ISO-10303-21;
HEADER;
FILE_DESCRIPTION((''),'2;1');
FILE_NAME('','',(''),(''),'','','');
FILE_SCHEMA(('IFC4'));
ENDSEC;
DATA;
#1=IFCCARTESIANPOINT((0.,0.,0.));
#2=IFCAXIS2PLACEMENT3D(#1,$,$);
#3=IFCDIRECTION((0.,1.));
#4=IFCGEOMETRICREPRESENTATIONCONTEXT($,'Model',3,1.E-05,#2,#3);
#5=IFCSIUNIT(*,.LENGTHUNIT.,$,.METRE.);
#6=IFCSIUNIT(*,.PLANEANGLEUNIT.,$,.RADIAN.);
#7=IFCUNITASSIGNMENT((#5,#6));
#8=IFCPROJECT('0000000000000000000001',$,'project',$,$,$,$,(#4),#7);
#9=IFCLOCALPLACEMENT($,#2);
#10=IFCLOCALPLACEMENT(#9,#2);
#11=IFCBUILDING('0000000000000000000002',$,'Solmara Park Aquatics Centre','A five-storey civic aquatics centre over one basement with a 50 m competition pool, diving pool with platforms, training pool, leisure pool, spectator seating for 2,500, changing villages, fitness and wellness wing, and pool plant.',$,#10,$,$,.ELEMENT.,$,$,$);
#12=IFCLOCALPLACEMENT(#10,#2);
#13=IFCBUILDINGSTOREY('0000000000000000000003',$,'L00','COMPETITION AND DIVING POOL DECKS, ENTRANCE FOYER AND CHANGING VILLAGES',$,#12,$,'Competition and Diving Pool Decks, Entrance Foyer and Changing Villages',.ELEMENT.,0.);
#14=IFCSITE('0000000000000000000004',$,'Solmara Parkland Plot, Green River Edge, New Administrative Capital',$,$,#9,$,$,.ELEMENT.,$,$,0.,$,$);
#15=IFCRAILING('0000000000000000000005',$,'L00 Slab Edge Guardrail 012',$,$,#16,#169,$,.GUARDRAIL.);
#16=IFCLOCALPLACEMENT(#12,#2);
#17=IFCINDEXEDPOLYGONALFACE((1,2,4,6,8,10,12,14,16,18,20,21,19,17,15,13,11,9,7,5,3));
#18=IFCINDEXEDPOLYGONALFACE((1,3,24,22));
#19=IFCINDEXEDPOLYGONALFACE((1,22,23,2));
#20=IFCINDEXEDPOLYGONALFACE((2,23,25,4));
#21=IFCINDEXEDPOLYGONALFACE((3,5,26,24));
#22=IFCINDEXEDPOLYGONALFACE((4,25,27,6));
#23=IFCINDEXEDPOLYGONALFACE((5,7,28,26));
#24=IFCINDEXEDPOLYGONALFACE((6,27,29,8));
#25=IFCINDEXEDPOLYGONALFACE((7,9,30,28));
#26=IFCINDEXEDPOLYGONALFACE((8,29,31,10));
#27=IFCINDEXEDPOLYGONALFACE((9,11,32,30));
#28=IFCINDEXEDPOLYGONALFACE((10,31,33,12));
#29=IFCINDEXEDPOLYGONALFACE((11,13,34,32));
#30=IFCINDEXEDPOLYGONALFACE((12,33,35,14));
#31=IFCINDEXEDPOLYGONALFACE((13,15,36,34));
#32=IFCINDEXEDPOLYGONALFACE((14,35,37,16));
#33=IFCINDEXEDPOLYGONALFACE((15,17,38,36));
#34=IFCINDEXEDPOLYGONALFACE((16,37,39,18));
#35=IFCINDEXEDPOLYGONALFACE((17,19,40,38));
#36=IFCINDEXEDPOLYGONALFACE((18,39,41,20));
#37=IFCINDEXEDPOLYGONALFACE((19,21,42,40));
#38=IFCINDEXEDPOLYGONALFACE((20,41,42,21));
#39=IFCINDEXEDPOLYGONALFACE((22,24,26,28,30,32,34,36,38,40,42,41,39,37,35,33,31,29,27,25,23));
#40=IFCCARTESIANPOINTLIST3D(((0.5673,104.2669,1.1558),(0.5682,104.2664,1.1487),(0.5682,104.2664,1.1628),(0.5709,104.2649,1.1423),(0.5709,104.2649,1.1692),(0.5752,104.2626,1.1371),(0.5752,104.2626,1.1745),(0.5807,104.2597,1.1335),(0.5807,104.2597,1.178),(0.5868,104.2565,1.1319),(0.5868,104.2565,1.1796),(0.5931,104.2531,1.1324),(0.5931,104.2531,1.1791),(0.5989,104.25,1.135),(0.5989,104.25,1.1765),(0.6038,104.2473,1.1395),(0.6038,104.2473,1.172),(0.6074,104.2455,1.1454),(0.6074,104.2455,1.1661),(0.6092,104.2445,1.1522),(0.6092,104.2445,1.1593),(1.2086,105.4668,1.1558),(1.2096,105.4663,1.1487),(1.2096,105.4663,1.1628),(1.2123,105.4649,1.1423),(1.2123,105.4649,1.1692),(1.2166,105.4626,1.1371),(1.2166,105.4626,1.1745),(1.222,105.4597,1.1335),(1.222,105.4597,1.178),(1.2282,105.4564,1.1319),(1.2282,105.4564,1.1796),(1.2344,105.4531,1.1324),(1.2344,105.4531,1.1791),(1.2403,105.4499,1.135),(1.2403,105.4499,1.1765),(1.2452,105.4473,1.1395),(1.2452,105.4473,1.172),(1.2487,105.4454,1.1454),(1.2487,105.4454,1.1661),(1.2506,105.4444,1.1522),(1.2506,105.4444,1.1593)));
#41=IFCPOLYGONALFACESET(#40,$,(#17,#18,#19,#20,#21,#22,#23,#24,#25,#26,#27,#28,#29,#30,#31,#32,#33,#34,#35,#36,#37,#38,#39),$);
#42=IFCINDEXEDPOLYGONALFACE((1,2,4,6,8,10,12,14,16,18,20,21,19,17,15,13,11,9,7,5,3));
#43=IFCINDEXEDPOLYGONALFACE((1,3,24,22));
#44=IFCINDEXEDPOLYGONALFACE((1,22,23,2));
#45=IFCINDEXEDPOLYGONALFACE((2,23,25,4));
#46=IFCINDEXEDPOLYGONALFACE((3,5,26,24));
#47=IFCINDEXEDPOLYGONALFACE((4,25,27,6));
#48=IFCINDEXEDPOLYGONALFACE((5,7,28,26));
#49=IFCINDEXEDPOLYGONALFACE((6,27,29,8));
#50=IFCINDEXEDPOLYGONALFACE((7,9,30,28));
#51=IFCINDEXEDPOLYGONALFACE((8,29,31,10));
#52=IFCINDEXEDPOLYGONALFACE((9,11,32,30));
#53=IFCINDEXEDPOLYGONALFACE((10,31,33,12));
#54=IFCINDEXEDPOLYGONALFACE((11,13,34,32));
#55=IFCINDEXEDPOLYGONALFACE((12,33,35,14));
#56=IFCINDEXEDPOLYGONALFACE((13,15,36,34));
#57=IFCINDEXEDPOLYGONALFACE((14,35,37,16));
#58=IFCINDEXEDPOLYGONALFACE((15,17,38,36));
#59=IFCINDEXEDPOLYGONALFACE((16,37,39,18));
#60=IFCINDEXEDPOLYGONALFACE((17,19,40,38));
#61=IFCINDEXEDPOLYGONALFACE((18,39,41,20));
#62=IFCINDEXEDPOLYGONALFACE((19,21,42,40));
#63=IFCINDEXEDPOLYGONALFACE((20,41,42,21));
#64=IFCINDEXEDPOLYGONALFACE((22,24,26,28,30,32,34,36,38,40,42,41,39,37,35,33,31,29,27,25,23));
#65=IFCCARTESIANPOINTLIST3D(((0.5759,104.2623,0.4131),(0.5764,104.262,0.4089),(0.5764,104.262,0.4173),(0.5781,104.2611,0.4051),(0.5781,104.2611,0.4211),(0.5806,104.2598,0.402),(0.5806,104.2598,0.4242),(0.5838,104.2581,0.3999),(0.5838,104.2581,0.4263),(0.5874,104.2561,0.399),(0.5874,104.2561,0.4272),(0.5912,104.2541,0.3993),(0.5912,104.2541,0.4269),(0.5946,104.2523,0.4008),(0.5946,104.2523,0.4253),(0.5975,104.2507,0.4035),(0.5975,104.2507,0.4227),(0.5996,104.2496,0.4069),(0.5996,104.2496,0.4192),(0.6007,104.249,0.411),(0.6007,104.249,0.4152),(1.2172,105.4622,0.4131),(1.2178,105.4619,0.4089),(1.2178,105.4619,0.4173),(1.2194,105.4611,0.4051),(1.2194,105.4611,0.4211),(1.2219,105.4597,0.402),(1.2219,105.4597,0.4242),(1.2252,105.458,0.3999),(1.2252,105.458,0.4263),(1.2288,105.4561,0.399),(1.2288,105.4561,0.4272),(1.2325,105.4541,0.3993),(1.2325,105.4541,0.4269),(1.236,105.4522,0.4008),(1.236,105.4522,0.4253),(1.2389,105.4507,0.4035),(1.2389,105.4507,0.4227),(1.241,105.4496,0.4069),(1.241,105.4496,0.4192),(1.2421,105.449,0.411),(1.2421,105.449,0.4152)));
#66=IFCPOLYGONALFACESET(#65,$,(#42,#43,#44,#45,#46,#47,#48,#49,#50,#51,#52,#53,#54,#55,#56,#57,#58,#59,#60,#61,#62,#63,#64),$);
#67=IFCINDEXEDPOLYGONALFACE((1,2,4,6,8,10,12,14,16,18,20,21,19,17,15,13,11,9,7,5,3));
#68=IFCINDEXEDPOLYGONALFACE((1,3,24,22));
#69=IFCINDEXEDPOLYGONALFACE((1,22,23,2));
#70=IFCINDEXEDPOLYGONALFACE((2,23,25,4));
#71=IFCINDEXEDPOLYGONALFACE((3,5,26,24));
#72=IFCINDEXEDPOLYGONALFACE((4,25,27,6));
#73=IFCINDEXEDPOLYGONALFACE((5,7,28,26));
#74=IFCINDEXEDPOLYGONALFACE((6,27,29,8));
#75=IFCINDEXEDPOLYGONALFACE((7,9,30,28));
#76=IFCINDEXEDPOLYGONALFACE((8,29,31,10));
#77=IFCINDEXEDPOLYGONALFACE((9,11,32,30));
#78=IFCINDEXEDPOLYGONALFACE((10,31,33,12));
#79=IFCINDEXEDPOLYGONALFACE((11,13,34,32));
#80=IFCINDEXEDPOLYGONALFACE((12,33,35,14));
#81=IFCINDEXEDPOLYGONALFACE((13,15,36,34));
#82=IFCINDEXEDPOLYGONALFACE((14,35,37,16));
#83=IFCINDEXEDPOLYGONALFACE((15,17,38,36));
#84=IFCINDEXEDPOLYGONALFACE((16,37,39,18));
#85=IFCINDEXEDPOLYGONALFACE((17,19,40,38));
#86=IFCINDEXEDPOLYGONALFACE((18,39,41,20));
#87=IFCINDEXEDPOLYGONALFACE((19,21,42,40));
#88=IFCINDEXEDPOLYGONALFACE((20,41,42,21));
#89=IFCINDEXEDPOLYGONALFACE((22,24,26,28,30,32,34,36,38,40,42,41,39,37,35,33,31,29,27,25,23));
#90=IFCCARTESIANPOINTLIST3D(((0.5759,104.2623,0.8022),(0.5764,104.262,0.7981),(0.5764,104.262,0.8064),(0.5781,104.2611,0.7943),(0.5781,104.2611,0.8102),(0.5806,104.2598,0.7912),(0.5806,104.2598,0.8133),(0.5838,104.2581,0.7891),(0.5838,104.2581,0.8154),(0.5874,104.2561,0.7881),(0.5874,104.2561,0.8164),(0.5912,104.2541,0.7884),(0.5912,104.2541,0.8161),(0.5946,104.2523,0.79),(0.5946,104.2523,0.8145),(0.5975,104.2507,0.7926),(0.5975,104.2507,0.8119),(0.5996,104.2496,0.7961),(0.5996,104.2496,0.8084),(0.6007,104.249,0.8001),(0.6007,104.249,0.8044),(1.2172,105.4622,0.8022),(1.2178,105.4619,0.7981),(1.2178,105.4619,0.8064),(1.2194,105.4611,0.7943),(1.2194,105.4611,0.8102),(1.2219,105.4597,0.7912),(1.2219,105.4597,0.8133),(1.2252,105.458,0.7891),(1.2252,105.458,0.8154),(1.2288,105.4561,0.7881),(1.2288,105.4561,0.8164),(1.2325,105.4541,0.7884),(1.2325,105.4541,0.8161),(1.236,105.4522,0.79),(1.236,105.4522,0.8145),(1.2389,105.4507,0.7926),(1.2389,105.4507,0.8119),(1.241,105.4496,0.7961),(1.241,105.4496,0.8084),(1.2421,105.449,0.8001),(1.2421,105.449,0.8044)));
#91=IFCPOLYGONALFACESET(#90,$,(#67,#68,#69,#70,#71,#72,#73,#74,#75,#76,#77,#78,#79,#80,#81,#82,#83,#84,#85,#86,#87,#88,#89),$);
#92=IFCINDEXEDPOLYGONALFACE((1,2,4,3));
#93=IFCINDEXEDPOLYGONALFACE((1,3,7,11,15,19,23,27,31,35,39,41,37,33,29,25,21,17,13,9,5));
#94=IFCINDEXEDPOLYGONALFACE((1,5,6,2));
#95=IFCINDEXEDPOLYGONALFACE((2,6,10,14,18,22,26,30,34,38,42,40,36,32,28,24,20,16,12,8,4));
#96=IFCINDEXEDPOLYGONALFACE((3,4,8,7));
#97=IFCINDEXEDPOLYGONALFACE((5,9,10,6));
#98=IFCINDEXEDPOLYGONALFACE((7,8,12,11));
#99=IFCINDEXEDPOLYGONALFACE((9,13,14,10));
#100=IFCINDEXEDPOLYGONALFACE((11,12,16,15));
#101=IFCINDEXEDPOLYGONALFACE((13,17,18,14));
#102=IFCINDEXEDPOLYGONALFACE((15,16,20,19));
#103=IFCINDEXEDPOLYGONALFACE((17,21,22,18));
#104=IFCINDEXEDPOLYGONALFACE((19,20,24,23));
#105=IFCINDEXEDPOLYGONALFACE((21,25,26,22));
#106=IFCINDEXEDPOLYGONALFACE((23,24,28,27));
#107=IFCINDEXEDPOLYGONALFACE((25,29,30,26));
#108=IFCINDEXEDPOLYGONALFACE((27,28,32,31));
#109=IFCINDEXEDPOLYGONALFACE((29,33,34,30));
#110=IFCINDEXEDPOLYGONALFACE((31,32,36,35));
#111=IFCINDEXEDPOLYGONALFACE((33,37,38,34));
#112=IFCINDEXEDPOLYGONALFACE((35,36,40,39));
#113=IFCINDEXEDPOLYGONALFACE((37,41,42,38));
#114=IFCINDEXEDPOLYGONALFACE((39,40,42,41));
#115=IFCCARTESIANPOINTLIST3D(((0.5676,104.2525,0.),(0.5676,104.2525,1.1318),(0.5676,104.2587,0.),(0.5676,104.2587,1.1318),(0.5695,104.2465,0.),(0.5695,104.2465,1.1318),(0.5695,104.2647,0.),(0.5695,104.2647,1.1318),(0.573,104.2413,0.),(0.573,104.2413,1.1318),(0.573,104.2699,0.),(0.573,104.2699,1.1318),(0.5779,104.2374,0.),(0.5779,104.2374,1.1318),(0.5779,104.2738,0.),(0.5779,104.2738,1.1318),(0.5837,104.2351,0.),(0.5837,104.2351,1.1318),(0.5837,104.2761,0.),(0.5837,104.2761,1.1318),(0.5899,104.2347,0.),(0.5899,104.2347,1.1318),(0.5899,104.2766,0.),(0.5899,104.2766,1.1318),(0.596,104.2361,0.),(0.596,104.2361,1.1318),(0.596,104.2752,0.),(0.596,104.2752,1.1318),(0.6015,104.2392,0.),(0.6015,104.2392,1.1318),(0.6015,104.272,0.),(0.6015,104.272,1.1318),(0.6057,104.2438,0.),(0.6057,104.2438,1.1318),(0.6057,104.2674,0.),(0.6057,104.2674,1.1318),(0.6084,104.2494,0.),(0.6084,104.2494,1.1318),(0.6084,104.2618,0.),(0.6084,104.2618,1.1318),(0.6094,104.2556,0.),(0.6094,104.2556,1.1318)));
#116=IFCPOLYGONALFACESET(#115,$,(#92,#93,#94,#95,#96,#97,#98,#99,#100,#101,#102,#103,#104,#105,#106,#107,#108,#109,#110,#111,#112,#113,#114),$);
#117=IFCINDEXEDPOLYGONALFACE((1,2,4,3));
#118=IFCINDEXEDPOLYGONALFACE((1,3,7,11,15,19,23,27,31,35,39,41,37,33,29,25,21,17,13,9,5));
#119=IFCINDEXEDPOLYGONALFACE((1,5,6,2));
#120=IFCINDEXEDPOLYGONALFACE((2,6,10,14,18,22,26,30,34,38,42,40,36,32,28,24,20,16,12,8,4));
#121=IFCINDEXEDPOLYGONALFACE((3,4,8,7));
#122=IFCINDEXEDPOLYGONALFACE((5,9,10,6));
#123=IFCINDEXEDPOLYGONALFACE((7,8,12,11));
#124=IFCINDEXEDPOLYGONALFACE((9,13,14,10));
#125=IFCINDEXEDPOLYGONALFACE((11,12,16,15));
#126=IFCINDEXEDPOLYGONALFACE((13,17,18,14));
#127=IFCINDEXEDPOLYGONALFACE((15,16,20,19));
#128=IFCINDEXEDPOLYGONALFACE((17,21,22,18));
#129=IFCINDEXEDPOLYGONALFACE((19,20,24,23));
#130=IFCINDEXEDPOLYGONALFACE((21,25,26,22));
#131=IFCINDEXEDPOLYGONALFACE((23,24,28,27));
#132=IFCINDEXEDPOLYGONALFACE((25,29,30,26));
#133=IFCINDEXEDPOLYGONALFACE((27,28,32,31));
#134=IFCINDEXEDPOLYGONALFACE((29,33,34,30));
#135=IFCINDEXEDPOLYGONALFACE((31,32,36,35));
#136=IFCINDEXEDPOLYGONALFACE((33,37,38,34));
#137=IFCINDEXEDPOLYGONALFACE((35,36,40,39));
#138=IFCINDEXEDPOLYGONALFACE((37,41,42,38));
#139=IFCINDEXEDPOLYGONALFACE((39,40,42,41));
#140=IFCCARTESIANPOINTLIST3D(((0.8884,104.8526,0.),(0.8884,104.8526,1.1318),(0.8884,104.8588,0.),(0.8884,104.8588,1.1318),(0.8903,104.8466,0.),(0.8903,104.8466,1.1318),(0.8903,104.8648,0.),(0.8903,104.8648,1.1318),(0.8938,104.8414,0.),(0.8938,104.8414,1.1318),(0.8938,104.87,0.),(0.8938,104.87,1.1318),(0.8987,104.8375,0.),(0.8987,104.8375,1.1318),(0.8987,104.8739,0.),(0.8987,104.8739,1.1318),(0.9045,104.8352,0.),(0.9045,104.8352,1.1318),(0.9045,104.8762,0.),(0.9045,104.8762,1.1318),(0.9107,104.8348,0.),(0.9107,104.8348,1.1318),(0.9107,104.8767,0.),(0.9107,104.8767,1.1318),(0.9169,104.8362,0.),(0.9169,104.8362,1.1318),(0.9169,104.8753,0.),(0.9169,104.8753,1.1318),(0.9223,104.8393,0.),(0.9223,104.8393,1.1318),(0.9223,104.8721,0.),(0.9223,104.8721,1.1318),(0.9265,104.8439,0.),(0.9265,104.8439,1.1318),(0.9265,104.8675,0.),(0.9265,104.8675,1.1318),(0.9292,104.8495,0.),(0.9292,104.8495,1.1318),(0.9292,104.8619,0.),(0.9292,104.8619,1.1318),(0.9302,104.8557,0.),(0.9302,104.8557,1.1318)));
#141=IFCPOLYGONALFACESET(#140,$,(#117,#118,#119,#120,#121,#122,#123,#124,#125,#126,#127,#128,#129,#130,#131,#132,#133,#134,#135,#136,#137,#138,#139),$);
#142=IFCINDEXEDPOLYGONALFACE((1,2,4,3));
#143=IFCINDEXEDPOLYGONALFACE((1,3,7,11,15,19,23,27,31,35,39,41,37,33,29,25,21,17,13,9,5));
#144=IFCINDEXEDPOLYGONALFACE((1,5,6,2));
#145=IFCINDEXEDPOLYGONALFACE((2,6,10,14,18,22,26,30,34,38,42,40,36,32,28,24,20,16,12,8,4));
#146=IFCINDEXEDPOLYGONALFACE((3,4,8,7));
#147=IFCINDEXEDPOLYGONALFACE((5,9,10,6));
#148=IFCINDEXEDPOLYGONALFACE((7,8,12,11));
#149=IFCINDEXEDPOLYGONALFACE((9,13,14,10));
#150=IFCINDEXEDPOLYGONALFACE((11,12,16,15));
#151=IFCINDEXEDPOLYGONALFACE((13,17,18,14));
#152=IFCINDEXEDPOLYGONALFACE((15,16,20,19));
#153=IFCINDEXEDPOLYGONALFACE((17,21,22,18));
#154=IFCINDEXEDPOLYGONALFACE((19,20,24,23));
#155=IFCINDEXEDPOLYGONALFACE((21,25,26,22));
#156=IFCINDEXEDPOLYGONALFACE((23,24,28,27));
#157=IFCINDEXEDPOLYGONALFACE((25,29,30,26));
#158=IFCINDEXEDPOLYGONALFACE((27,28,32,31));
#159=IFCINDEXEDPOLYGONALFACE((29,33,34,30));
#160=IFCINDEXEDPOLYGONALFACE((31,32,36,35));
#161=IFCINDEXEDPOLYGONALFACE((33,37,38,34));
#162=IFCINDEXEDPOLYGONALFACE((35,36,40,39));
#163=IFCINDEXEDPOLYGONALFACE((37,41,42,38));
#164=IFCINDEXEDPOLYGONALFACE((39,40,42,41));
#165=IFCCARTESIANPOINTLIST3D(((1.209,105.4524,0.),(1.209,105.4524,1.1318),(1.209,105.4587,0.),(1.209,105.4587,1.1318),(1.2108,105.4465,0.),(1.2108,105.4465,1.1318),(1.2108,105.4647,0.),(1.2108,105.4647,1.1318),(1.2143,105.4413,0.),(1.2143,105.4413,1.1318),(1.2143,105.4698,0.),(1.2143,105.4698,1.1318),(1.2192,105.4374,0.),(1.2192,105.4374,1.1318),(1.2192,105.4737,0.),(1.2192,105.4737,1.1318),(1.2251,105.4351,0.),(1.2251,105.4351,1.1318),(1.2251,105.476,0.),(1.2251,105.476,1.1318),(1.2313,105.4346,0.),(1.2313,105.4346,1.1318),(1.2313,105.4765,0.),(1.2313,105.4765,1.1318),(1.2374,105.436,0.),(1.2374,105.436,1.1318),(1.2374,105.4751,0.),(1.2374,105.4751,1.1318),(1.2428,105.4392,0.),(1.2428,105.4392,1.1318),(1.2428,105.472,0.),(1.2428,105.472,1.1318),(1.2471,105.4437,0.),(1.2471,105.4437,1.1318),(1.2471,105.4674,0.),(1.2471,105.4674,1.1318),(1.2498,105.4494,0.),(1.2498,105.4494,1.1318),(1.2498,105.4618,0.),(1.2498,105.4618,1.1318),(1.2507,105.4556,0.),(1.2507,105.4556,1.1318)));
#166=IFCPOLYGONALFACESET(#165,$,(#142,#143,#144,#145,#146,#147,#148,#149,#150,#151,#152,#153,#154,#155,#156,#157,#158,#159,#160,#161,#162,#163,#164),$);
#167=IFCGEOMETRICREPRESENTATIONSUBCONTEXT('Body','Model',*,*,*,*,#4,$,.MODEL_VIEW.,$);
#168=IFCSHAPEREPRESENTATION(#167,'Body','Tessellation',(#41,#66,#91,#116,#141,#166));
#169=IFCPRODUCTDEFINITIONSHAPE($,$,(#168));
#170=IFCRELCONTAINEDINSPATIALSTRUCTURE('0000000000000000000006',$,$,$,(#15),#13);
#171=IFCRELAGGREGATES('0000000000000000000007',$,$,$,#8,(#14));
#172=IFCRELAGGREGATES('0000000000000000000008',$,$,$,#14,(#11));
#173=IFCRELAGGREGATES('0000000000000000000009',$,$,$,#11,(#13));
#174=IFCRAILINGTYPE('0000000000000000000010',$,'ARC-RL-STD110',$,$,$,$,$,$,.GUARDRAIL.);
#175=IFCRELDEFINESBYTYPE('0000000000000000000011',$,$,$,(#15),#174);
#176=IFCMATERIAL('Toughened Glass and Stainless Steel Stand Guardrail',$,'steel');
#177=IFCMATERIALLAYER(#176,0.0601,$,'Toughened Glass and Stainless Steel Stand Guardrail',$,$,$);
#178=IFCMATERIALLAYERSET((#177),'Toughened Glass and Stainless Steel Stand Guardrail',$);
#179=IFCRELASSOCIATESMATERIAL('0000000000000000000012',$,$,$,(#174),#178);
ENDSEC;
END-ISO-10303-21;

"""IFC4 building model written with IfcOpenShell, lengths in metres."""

from ifc_helpers import new_model, si_unit, direction, frame, origin, origin_2d, place, context, subcontext, project, spatial, circle, extrude, material, layer, layer_set, type_object, element, save


model = new_model("IFC4")

# Units and contexts
model_context = context("Model", 3, precision=1e-05, world=origin(), true_north=direction((0.0, 1.0)))
body_context = subcontext(model_context, "Body", "Model", "MODEL_VIEW")
ifc_project = project(units=[si_unit("LENGTHUNIT", "METRE"), si_unit("PLANEANGLEUNIT", "RADIAN")], contexts=[model_context])

# Site, building, storey
site_placement = place(None, origin())
site = spatial("IfcSite", under=ifc_project, at=site_placement, Name="Solmara Parkland Plot, Green River Edge, New Administrative Capital", CompositionType="ELEMENT", RefElevation=0.0)
building_placement = place(site_placement, origin())
building = spatial("IfcBuilding", under=site, at=building_placement, Name="Solmara Park Aquatics Centre", Description="A five-storey civic aquatics centre over one basement with a 50 m competition pool, diving pool with platforms, training pool, leisure pool, spectator seating for 2,500, changing villages, fitness and wellness wing, and pool plant.", CompositionType="ELEMENT")
storey_placement = place(building_placement, origin())
storey = spatial("IfcBuildingStorey", under=building, at=storey_placement, Name="L00", Description="COMPETITION AND DIVING POOL DECKS, ENTRANCE FOYER AND CHANGING VILLAGES", LongName="Competition and Diving Pool Decks, Entrance Foyer and Changing Villages", CompositionType="ELEMENT", Elevation=0.0)

# Railing
ifc_material_1 = material(Name="Toughened Glass and Stainless Steel Stand Guardrail", Category="steel")
ifc_layer_1 = layer(ifc_material_1, 0.0601, Name="Toughened Glass and Stainless Steel Stand Guardrail")
ifc_layer_set_1 = layer_set([ifc_layer_1], Name="Toughened Glass and Stainless Steel Stand Guardrail")
railing_type = type_object("IfcRailingType", Name="ARC-RL-STD110", PredefinedType="GUARDRAIL", material=ifc_layer_set_1)
railing_1_placement = place(storey_placement, frame((0.5884, 104.2556, 0.0)))
element("IfcRailing", 1, at=railing_1_placement, inside=storey, type_object=railing_type, Name="L00 Slab Edge Guardrail 012", PredefinedType="GUARDRAIL", context=body_context, shape_type="SweptSolid", body=[
    extrude(circle(Radius=0.0239, at=origin_2d()), frame((0.0, 0.0, 1.1558), z_axis=(0.47138, 0.88193, 0.0), x_axis=(-0.88193, 0.47138, 0.0)), (0.0, 0.0, 1.0), 1.3606),
    extrude(circle(Radius=0.0142, at=origin_2d()), frame((0.0, 0.0, 0.4131), z_axis=(0.47138, 0.88193, 0.0), x_axis=(-0.88193, 0.47138, 0.0)), (0.0, 0.0, 1.0), 1.3606),
    extrude(circle(Radius=0.0142, at=origin_2d()), frame((0.0, 0.0, 0.8022), z_axis=(0.47138, 0.88193, 0.0), x_axis=(-0.88193, 0.47138, 0.0)), (0.0, 0.0, 1.0), 1.3606),
    extrude(circle(Radius=0.021, at=origin_2d()), origin(), (0.0, 0.0, 1.0), 1.1318),
    extrude(circle(Radius=0.021, at=origin_2d()), frame((0.3208, 0.6001, 0.0)), (0.0, 0.0, 1.0), 1.1318),
    extrude(circle(Radius=0.021, at=origin_2d()), frame((0.6414, 1.2, 0.0)), (0.0, 0.0, 1.0), 1.1318),
])

save(model, "model.ifc")
